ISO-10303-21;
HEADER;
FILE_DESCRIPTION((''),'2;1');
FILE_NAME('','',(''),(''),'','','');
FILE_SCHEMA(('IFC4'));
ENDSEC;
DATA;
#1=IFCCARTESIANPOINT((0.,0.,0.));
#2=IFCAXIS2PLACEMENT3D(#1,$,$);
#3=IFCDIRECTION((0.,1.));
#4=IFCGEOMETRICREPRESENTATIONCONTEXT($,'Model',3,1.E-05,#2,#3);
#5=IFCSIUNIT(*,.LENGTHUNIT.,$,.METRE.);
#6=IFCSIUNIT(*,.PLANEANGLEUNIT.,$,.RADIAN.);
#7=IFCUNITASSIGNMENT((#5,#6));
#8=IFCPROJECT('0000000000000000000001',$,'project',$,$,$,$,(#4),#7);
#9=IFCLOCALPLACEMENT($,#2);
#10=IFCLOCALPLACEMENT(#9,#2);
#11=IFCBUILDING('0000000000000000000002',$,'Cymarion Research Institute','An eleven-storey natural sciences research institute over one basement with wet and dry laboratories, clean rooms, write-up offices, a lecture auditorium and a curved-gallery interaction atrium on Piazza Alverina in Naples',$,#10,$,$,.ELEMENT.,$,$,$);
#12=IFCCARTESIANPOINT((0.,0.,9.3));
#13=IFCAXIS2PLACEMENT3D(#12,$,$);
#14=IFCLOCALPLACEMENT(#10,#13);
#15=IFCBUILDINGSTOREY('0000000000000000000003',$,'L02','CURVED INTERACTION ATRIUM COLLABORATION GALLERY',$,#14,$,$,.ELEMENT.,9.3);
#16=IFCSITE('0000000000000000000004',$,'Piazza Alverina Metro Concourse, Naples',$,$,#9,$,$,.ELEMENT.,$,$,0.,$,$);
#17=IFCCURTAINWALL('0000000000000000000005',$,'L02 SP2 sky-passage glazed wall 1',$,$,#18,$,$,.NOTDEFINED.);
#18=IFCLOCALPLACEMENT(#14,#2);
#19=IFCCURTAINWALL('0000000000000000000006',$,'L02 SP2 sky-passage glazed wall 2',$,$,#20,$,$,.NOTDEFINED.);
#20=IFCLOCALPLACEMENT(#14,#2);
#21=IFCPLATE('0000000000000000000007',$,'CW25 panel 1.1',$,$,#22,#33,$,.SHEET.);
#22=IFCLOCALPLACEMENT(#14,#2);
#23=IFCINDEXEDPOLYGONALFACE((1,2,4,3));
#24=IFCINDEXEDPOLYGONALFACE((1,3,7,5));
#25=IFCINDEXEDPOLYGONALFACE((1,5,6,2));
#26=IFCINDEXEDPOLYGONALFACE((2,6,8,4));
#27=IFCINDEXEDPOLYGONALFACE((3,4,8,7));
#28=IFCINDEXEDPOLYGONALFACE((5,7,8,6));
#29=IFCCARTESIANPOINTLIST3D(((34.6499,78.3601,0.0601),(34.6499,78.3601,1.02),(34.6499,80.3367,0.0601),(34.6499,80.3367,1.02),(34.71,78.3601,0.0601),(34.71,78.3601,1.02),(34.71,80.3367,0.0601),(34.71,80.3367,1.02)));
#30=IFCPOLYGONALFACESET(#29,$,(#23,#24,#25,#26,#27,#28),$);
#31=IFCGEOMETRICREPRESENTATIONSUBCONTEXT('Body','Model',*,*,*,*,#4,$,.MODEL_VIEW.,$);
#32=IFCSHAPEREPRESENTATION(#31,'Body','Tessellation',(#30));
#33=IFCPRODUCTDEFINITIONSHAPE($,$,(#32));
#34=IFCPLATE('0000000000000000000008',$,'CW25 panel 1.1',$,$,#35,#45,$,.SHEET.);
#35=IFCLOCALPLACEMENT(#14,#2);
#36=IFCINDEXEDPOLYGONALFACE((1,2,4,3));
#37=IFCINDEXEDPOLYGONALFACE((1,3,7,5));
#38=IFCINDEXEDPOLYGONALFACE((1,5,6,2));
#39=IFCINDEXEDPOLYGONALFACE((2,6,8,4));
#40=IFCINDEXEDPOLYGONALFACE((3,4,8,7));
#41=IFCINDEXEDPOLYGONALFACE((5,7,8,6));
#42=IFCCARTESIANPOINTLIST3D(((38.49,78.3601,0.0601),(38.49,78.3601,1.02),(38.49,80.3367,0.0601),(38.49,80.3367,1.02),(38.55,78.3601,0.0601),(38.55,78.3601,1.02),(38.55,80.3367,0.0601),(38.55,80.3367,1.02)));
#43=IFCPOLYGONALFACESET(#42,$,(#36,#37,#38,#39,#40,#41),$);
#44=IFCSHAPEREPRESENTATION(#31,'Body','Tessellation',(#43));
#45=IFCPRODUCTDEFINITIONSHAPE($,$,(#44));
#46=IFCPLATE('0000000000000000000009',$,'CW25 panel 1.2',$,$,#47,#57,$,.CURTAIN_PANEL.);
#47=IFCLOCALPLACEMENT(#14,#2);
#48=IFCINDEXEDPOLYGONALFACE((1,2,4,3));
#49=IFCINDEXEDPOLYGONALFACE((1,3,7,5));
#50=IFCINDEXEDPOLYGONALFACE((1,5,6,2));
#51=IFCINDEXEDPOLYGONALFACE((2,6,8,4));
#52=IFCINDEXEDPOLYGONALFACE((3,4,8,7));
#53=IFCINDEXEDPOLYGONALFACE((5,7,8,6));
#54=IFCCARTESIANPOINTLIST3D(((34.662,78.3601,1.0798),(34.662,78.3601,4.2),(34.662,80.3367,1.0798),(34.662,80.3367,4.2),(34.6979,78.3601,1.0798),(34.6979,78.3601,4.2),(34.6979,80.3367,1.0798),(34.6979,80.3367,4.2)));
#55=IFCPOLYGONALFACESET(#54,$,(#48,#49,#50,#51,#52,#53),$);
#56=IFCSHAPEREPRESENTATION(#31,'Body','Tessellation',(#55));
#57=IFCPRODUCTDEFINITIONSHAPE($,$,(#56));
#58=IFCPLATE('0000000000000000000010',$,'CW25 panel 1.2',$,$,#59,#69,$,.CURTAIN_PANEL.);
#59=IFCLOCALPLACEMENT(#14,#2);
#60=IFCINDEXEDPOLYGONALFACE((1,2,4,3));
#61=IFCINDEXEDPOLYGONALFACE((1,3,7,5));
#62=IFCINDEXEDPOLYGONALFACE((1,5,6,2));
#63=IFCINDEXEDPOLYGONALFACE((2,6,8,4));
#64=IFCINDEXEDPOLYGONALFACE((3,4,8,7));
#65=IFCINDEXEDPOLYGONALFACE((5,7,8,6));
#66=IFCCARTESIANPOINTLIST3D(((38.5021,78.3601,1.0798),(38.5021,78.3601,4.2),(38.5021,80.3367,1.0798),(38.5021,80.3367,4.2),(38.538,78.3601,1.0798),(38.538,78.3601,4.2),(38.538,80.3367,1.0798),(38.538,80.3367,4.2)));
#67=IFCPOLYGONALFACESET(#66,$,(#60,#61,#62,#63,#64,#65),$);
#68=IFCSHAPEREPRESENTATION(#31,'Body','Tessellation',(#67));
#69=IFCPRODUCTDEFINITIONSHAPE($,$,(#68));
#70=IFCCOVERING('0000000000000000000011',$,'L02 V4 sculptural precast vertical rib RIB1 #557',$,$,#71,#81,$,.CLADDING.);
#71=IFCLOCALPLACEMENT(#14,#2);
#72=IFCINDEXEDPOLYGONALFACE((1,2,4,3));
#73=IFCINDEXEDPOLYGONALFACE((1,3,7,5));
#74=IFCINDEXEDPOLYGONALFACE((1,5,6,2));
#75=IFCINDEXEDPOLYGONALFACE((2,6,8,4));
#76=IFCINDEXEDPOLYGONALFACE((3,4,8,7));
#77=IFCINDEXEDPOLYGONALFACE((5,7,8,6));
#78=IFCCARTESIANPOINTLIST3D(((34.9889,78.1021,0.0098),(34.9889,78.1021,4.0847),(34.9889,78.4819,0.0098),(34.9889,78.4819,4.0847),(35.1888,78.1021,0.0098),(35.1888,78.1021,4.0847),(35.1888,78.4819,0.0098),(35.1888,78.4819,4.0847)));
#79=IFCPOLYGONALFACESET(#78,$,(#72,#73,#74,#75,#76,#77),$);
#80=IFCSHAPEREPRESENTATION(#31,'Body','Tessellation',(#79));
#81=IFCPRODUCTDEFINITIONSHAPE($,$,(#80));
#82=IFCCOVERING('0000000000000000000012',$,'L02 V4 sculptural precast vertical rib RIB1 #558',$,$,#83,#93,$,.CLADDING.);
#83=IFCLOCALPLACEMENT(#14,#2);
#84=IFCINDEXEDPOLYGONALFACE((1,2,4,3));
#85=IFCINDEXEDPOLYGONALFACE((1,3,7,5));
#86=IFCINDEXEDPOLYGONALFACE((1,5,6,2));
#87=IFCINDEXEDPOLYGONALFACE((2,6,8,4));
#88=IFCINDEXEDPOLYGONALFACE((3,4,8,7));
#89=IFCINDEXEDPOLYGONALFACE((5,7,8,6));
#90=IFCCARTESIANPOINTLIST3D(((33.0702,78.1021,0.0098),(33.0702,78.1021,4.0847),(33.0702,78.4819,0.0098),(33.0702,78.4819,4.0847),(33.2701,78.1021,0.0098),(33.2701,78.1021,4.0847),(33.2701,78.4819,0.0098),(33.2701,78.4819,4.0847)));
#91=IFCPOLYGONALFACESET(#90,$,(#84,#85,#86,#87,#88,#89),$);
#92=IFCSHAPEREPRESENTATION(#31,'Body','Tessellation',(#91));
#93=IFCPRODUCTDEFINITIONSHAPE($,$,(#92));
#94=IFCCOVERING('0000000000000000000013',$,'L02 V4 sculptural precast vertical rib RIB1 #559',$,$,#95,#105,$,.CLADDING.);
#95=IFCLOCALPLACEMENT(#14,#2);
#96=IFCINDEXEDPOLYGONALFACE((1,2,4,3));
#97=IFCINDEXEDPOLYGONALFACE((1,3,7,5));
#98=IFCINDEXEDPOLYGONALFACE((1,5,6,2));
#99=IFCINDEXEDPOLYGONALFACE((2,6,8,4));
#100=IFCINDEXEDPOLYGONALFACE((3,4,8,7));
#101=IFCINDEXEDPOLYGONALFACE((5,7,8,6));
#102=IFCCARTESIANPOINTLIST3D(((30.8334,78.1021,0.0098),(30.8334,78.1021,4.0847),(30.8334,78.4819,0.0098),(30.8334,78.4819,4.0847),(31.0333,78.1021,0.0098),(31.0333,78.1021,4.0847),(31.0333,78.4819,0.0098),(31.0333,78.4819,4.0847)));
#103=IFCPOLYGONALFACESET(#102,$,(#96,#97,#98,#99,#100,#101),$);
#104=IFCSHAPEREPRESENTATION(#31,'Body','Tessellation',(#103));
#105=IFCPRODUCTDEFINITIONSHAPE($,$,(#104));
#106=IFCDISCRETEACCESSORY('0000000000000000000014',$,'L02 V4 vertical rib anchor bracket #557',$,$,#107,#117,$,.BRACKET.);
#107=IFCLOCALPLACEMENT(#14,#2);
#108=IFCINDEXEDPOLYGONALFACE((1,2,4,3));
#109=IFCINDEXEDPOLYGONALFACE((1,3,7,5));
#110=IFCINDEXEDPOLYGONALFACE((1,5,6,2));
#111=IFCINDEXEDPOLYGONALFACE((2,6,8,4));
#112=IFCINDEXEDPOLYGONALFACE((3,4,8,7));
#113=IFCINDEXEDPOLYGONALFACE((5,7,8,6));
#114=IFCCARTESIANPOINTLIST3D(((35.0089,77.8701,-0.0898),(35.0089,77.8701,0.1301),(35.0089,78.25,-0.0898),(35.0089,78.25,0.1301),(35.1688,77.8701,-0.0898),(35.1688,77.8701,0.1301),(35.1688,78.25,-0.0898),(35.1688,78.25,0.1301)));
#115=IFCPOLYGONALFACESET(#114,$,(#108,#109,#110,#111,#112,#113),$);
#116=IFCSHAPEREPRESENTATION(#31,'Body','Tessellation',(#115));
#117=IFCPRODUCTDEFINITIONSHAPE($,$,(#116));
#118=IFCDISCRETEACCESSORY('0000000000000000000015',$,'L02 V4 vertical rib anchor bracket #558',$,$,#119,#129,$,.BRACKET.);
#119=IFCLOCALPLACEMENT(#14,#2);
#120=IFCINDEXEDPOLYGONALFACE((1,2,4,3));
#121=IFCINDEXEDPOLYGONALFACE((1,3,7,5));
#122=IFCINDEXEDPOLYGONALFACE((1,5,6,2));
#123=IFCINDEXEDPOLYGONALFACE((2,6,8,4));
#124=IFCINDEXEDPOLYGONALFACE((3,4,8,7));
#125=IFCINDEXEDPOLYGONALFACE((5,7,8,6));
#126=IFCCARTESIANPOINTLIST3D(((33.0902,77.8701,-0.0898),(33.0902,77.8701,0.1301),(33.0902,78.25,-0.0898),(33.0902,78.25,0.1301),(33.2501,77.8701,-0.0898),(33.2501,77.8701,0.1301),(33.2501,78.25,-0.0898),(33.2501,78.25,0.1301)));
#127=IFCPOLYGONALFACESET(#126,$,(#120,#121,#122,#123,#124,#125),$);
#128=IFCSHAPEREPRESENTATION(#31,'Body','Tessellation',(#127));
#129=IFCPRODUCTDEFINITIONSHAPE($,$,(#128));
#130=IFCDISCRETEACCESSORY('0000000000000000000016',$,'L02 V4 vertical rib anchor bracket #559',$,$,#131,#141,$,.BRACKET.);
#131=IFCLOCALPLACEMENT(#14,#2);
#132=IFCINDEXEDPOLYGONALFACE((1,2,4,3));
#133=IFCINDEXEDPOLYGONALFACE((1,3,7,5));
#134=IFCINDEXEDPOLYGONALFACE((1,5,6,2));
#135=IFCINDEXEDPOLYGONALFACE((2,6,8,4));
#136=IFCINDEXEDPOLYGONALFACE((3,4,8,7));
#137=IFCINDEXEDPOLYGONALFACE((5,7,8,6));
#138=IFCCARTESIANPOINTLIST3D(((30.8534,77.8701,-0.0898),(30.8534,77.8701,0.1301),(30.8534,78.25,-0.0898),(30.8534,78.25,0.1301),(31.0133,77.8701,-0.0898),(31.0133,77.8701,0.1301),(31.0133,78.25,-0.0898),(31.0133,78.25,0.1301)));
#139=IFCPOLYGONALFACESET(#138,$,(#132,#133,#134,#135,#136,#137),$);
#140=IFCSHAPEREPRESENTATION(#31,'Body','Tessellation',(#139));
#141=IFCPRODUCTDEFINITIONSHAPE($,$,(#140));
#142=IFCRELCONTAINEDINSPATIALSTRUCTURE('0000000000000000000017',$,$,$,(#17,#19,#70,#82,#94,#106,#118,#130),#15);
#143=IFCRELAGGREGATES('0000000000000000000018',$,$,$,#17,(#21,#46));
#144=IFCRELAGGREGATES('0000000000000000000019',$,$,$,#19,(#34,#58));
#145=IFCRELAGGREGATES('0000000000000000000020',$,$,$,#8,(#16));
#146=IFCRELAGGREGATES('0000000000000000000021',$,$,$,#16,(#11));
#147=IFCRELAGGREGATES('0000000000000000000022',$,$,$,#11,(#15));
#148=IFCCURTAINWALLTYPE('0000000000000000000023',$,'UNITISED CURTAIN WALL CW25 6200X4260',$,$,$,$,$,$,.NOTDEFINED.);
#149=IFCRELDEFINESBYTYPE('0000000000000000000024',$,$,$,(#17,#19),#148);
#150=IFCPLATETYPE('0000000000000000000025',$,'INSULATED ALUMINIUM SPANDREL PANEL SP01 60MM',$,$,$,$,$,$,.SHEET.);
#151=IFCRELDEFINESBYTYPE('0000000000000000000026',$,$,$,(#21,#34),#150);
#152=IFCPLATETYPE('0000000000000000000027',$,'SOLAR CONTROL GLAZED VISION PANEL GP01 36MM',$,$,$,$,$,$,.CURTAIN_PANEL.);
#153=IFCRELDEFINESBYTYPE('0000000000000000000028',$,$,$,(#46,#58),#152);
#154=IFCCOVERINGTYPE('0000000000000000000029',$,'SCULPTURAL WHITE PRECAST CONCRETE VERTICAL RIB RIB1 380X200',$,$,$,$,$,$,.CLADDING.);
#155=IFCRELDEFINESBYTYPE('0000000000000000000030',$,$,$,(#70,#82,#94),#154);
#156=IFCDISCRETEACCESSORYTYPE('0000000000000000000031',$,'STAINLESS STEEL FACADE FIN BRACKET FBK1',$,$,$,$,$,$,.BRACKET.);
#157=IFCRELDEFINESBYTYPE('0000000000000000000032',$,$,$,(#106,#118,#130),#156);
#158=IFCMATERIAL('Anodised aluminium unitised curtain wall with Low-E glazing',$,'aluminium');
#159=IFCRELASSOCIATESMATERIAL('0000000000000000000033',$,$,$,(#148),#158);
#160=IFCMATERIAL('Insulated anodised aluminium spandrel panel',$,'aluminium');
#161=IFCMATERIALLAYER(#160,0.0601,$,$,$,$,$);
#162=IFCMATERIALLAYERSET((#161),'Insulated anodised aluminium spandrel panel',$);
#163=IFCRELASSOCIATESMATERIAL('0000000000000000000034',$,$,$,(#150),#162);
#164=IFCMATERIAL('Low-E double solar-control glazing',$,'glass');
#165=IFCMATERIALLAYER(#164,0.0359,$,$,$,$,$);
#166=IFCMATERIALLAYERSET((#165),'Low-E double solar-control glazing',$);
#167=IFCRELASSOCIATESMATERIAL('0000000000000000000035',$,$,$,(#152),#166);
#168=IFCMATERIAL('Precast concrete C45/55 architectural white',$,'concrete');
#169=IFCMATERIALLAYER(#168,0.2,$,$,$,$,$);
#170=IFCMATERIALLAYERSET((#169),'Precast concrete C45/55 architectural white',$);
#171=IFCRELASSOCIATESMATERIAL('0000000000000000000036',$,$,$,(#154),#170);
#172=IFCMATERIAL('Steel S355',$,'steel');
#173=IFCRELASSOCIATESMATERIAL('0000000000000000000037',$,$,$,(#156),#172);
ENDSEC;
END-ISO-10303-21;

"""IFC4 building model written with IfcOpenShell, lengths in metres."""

from ifc_helpers import new_model, si_unit, direction, frame, origin, origin_2d, place, context, subcontext, project, spatial, rectangle, extrude, material, layer, layer_set, type_object, element, aggregate, save


model = new_model("IFC4")

# Units and contexts
model_context = context("Model", 3, precision=1e-05, world=origin(), true_north=direction((0.0, 1.0)))
body_context = subcontext(model_context, "Body", "Model", "MODEL_VIEW")
ifc_project = project(units=[si_unit("LENGTHUNIT", "METRE"), si_unit("PLANEANGLEUNIT", "RADIAN")], contexts=[model_context])

# Site, building, storey
site_placement = place(None, origin())
site = spatial("IfcSite", under=ifc_project, at=site_placement, Name="Piazza Alverina Metro Concourse, Naples", CompositionType="ELEMENT", RefElevation=0.0)
building_placement = place(site_placement, origin())
building = spatial("IfcBuilding", under=site, at=building_placement, Name="Cymarion Research Institute", Description="An eleven-storey natural sciences research institute over one basement with wet and dry laboratories, clean rooms, write-up offices, a lecture auditorium and a curved-gallery interaction atrium on Piazza Alverina in Naples", CompositionType="ELEMENT")
storey_placement = place(building_placement, frame((0.0, 0.0, 9.3)))
storey = spatial("IfcBuildingStorey", under=building, at=storey_placement, Name="L02", Description="CURVED INTERACTION ATRIUM COLLABORATION GALLERY", CompositionType="ELEMENT", Elevation=9.3)

# Shared definitions
ifc_material_1 = material(Name="Steel S355", Category="steel")

# Curtain walls
ifc_material_2 = material(Name="Anodised aluminium unitised curtain wall with Low-E glazing", Category="aluminium")
curtain_wall_type = type_object("IfcCurtainWallType", Name="UNITISED CURTAIN WALL CW25 6200X4260", PredefinedType="NOTDEFINED", material=ifc_material_2)
curtain_wall_1_placement = place(storey_placement, origin())
curtain_wall_1 = element("IfcCurtainWall", 1, at=curtain_wall_1_placement, inside=storey, type_object=curtain_wall_type, Name="L02 SP2 sky-passage glazed wall 1", PredefinedType="NOTDEFINED")
curtain_wall_2_placement = place(storey_placement, origin())
curtain_wall_2 = element("IfcCurtainWall", 2, at=curtain_wall_2_placement, inside=storey, type_object=curtain_wall_type, Name="L02 SP2 sky-passage glazed wall 2", PredefinedType="NOTDEFINED")

# Plates
ifc_material_3 = material(Name="Insulated anodised aluminium spandrel panel", Category="aluminium")
ifc_layer_1 = layer(ifc_material_3, 0.0601)
ifc_layer_set_1 = layer_set([ifc_layer_1], Name="Insulated anodised aluminium spandrel panel")
plate_type_1 = type_object("IfcPlateType", Name="INSULATED ALUMINIUM SPANDREL PANEL SP01 60MM", PredefinedType="SHEET", material=ifc_layer_set_1)
plate_1_placement = place(storey_placement, frame((34.6799, 79.3484, 0.0601), z_axis=(0.0, 0.0, 1.0), x_axis=(0.0, 1.0, 0.0)))
plate_1 = element("IfcPlate", 3, at=plate_1_placement, type_object=plate_type_1, Name="CW25 panel 1.1", PredefinedType="SHEET", context=body_context, shape_type="SweptSolid", body=[
    extrude(rectangle(XDim=1.9766, YDim=0.0601, at=origin_2d()), origin(), (0.0, 0.0, 1.0), 0.96),
])
plate_2_placement = place(storey_placement, frame((38.52, 79.3484, 0.0601), z_axis=(0.0, 0.0, 1.0), x_axis=(0.0, 1.0, 0.0)))
plate_2 = element("IfcPlate", 4, at=plate_2_placement, type_object=plate_type_1, Name="CW25 panel 1.1", PredefinedType="SHEET", context=body_context, shape_type="SweptSolid", body=[
    extrude(rectangle(XDim=1.9766, YDim=0.0601, at=origin_2d()), origin(), (0.0, 0.0, 1.0), 0.96),
])
ifc_material_4 = material(Name="Low-E double solar-control glazing", Category="glass")
ifc_layer_2 = layer(ifc_material_4, 0.0359)
ifc_layer_set_2 = layer_set([ifc_layer_2], Name="Low-E double solar-control glazing")
plate_type_2 = type_object("IfcPlateType", Name="SOLAR CONTROL GLAZED VISION PANEL GP01 36MM", PredefinedType="CURTAIN_PANEL", material=ifc_layer_set_2)
plate_3_placement = place(storey_placement, frame((34.6799, 79.3484, 1.0798), z_axis=(0.0, 0.0, 1.0), x_axis=(0.0, 1.0, 0.0)))
plate_3 = element("IfcPlate", 5, at=plate_3_placement, type_object=plate_type_2, Name="CW25 panel 1.2", PredefinedType="CURTAIN_PANEL", context=body_context, shape_type="SweptSolid", body=[
    extrude(rectangle(XDim=1.9766, YDim=0.0359, at=origin_2d()), origin(), (0.0, 0.0, 1.0), 3.1201),
])
aggregate(curtain_wall_1, [plate_1, plate_3])
plate_4_placement = place(storey_placement, frame((38.52, 79.3484, 1.0798), z_axis=(0.0, 0.0, 1.0), x_axis=(0.0, 1.0, 0.0)))
plate_4 = element("IfcPlate", 6, at=plate_4_placement, type_object=plate_type_2, Name="CW25 panel 1.2", PredefinedType="CURTAIN_PANEL", context=body_context, shape_type="SweptSolid", body=[
    extrude(rectangle(XDim=1.9766, YDim=0.0359, at=origin_2d()), origin(), (0.0, 0.0, 1.0), 3.1201),
])
aggregate(curtain_wall_2, [plate_2, plate_4])

# Coverings
ifc_material_5 = material(Name="Precast concrete C45/55 architectural white", Category="concrete")
ifc_layer_3 = layer(ifc_material_5, 0.2)
ifc_layer_set_3 = layer_set([ifc_layer_3], Name="Precast concrete C45/55 architectural white")
covering_type = type_object("IfcCoveringType", Name="SCULPTURAL WHITE PRECAST CONCRETE VERTICAL RIB RIB1 380X200", PredefinedType="CLADDING", material=ifc_layer_set_3)
for number, where, z_axis, x_axis, name in (
    (7, (35.0889, 78.292, 0.0098), (0.0, 0.0, 1.0), (0.0, 1.0, 0.0), "L02 V4 sculptural precast vertical rib RIB1 #557"),
    (8, (33.1702, 78.292, 0.0098), (0.0, 0.0, 1.0), (0.0, 1.0, 0.0), "L02 V4 sculptural precast vertical rib RIB1 #558"),
    (9, (30.9333, 78.292, 0.0098), (0.0, 0.0, 1.0), (0.0, 1.0, 0.0), "L02 V4 sculptural precast vertical rib RIB1 #559"),
):
    element("IfcCovering", number, at=place(storey_placement, frame(where, z_axis=z_axis, x_axis=x_axis)), inside=storey, type_object=covering_type, Name=name, PredefinedType="CLADDING", context=body_context, shape_type="SweptSolid", body=[
        extrude(rectangle(XDim=0.3799, YDim=0.2, at=origin_2d()), origin(), (0.0, 0.0, 1.0), 4.075),
    ])

# Discrete accessories
discrete_accessory_type = type_object("IfcDiscreteAccessoryType", Name="STAINLESS STEEL FACADE FIN BRACKET FBK1", PredefinedType="BRACKET", material=ifc_material_1)
for number, where, z_axis, x_axis, name in (
    (10, (35.0889, 78.0601, -0.0898), (0.0, 0.0, 1.0), (0.0, 1.0, 0.0), "L02 V4 vertical rib anchor bracket #557"),
    (11, (33.1702, 78.0601, -0.0898), (0.0, 0.0, 1.0), (0.0, 1.0, 0.0), "L02 V4 vertical rib anchor bracket #558"),
    (12, (30.9333, 78.0601, -0.0898), (0.0, 0.0, 1.0), (0.0, 1.0, 0.0), "L02 V4 vertical rib anchor bracket #559"),
):
    element("IfcDiscreteAccessory", number, at=place(storey_placement, frame(where, z_axis=z_axis, x_axis=x_axis)), inside=storey, type_object=discrete_accessory_type, Name=name, PredefinedType="BRACKET", context=body_context, shape_type="SweptSolid", body=[
        extrude(rectangle(XDim=0.3799, YDim=0.1599, at=origin_2d()), origin(), (0.0, 0.0, 1.0), 0.22),
    ])

save(model, "model.ifc")
